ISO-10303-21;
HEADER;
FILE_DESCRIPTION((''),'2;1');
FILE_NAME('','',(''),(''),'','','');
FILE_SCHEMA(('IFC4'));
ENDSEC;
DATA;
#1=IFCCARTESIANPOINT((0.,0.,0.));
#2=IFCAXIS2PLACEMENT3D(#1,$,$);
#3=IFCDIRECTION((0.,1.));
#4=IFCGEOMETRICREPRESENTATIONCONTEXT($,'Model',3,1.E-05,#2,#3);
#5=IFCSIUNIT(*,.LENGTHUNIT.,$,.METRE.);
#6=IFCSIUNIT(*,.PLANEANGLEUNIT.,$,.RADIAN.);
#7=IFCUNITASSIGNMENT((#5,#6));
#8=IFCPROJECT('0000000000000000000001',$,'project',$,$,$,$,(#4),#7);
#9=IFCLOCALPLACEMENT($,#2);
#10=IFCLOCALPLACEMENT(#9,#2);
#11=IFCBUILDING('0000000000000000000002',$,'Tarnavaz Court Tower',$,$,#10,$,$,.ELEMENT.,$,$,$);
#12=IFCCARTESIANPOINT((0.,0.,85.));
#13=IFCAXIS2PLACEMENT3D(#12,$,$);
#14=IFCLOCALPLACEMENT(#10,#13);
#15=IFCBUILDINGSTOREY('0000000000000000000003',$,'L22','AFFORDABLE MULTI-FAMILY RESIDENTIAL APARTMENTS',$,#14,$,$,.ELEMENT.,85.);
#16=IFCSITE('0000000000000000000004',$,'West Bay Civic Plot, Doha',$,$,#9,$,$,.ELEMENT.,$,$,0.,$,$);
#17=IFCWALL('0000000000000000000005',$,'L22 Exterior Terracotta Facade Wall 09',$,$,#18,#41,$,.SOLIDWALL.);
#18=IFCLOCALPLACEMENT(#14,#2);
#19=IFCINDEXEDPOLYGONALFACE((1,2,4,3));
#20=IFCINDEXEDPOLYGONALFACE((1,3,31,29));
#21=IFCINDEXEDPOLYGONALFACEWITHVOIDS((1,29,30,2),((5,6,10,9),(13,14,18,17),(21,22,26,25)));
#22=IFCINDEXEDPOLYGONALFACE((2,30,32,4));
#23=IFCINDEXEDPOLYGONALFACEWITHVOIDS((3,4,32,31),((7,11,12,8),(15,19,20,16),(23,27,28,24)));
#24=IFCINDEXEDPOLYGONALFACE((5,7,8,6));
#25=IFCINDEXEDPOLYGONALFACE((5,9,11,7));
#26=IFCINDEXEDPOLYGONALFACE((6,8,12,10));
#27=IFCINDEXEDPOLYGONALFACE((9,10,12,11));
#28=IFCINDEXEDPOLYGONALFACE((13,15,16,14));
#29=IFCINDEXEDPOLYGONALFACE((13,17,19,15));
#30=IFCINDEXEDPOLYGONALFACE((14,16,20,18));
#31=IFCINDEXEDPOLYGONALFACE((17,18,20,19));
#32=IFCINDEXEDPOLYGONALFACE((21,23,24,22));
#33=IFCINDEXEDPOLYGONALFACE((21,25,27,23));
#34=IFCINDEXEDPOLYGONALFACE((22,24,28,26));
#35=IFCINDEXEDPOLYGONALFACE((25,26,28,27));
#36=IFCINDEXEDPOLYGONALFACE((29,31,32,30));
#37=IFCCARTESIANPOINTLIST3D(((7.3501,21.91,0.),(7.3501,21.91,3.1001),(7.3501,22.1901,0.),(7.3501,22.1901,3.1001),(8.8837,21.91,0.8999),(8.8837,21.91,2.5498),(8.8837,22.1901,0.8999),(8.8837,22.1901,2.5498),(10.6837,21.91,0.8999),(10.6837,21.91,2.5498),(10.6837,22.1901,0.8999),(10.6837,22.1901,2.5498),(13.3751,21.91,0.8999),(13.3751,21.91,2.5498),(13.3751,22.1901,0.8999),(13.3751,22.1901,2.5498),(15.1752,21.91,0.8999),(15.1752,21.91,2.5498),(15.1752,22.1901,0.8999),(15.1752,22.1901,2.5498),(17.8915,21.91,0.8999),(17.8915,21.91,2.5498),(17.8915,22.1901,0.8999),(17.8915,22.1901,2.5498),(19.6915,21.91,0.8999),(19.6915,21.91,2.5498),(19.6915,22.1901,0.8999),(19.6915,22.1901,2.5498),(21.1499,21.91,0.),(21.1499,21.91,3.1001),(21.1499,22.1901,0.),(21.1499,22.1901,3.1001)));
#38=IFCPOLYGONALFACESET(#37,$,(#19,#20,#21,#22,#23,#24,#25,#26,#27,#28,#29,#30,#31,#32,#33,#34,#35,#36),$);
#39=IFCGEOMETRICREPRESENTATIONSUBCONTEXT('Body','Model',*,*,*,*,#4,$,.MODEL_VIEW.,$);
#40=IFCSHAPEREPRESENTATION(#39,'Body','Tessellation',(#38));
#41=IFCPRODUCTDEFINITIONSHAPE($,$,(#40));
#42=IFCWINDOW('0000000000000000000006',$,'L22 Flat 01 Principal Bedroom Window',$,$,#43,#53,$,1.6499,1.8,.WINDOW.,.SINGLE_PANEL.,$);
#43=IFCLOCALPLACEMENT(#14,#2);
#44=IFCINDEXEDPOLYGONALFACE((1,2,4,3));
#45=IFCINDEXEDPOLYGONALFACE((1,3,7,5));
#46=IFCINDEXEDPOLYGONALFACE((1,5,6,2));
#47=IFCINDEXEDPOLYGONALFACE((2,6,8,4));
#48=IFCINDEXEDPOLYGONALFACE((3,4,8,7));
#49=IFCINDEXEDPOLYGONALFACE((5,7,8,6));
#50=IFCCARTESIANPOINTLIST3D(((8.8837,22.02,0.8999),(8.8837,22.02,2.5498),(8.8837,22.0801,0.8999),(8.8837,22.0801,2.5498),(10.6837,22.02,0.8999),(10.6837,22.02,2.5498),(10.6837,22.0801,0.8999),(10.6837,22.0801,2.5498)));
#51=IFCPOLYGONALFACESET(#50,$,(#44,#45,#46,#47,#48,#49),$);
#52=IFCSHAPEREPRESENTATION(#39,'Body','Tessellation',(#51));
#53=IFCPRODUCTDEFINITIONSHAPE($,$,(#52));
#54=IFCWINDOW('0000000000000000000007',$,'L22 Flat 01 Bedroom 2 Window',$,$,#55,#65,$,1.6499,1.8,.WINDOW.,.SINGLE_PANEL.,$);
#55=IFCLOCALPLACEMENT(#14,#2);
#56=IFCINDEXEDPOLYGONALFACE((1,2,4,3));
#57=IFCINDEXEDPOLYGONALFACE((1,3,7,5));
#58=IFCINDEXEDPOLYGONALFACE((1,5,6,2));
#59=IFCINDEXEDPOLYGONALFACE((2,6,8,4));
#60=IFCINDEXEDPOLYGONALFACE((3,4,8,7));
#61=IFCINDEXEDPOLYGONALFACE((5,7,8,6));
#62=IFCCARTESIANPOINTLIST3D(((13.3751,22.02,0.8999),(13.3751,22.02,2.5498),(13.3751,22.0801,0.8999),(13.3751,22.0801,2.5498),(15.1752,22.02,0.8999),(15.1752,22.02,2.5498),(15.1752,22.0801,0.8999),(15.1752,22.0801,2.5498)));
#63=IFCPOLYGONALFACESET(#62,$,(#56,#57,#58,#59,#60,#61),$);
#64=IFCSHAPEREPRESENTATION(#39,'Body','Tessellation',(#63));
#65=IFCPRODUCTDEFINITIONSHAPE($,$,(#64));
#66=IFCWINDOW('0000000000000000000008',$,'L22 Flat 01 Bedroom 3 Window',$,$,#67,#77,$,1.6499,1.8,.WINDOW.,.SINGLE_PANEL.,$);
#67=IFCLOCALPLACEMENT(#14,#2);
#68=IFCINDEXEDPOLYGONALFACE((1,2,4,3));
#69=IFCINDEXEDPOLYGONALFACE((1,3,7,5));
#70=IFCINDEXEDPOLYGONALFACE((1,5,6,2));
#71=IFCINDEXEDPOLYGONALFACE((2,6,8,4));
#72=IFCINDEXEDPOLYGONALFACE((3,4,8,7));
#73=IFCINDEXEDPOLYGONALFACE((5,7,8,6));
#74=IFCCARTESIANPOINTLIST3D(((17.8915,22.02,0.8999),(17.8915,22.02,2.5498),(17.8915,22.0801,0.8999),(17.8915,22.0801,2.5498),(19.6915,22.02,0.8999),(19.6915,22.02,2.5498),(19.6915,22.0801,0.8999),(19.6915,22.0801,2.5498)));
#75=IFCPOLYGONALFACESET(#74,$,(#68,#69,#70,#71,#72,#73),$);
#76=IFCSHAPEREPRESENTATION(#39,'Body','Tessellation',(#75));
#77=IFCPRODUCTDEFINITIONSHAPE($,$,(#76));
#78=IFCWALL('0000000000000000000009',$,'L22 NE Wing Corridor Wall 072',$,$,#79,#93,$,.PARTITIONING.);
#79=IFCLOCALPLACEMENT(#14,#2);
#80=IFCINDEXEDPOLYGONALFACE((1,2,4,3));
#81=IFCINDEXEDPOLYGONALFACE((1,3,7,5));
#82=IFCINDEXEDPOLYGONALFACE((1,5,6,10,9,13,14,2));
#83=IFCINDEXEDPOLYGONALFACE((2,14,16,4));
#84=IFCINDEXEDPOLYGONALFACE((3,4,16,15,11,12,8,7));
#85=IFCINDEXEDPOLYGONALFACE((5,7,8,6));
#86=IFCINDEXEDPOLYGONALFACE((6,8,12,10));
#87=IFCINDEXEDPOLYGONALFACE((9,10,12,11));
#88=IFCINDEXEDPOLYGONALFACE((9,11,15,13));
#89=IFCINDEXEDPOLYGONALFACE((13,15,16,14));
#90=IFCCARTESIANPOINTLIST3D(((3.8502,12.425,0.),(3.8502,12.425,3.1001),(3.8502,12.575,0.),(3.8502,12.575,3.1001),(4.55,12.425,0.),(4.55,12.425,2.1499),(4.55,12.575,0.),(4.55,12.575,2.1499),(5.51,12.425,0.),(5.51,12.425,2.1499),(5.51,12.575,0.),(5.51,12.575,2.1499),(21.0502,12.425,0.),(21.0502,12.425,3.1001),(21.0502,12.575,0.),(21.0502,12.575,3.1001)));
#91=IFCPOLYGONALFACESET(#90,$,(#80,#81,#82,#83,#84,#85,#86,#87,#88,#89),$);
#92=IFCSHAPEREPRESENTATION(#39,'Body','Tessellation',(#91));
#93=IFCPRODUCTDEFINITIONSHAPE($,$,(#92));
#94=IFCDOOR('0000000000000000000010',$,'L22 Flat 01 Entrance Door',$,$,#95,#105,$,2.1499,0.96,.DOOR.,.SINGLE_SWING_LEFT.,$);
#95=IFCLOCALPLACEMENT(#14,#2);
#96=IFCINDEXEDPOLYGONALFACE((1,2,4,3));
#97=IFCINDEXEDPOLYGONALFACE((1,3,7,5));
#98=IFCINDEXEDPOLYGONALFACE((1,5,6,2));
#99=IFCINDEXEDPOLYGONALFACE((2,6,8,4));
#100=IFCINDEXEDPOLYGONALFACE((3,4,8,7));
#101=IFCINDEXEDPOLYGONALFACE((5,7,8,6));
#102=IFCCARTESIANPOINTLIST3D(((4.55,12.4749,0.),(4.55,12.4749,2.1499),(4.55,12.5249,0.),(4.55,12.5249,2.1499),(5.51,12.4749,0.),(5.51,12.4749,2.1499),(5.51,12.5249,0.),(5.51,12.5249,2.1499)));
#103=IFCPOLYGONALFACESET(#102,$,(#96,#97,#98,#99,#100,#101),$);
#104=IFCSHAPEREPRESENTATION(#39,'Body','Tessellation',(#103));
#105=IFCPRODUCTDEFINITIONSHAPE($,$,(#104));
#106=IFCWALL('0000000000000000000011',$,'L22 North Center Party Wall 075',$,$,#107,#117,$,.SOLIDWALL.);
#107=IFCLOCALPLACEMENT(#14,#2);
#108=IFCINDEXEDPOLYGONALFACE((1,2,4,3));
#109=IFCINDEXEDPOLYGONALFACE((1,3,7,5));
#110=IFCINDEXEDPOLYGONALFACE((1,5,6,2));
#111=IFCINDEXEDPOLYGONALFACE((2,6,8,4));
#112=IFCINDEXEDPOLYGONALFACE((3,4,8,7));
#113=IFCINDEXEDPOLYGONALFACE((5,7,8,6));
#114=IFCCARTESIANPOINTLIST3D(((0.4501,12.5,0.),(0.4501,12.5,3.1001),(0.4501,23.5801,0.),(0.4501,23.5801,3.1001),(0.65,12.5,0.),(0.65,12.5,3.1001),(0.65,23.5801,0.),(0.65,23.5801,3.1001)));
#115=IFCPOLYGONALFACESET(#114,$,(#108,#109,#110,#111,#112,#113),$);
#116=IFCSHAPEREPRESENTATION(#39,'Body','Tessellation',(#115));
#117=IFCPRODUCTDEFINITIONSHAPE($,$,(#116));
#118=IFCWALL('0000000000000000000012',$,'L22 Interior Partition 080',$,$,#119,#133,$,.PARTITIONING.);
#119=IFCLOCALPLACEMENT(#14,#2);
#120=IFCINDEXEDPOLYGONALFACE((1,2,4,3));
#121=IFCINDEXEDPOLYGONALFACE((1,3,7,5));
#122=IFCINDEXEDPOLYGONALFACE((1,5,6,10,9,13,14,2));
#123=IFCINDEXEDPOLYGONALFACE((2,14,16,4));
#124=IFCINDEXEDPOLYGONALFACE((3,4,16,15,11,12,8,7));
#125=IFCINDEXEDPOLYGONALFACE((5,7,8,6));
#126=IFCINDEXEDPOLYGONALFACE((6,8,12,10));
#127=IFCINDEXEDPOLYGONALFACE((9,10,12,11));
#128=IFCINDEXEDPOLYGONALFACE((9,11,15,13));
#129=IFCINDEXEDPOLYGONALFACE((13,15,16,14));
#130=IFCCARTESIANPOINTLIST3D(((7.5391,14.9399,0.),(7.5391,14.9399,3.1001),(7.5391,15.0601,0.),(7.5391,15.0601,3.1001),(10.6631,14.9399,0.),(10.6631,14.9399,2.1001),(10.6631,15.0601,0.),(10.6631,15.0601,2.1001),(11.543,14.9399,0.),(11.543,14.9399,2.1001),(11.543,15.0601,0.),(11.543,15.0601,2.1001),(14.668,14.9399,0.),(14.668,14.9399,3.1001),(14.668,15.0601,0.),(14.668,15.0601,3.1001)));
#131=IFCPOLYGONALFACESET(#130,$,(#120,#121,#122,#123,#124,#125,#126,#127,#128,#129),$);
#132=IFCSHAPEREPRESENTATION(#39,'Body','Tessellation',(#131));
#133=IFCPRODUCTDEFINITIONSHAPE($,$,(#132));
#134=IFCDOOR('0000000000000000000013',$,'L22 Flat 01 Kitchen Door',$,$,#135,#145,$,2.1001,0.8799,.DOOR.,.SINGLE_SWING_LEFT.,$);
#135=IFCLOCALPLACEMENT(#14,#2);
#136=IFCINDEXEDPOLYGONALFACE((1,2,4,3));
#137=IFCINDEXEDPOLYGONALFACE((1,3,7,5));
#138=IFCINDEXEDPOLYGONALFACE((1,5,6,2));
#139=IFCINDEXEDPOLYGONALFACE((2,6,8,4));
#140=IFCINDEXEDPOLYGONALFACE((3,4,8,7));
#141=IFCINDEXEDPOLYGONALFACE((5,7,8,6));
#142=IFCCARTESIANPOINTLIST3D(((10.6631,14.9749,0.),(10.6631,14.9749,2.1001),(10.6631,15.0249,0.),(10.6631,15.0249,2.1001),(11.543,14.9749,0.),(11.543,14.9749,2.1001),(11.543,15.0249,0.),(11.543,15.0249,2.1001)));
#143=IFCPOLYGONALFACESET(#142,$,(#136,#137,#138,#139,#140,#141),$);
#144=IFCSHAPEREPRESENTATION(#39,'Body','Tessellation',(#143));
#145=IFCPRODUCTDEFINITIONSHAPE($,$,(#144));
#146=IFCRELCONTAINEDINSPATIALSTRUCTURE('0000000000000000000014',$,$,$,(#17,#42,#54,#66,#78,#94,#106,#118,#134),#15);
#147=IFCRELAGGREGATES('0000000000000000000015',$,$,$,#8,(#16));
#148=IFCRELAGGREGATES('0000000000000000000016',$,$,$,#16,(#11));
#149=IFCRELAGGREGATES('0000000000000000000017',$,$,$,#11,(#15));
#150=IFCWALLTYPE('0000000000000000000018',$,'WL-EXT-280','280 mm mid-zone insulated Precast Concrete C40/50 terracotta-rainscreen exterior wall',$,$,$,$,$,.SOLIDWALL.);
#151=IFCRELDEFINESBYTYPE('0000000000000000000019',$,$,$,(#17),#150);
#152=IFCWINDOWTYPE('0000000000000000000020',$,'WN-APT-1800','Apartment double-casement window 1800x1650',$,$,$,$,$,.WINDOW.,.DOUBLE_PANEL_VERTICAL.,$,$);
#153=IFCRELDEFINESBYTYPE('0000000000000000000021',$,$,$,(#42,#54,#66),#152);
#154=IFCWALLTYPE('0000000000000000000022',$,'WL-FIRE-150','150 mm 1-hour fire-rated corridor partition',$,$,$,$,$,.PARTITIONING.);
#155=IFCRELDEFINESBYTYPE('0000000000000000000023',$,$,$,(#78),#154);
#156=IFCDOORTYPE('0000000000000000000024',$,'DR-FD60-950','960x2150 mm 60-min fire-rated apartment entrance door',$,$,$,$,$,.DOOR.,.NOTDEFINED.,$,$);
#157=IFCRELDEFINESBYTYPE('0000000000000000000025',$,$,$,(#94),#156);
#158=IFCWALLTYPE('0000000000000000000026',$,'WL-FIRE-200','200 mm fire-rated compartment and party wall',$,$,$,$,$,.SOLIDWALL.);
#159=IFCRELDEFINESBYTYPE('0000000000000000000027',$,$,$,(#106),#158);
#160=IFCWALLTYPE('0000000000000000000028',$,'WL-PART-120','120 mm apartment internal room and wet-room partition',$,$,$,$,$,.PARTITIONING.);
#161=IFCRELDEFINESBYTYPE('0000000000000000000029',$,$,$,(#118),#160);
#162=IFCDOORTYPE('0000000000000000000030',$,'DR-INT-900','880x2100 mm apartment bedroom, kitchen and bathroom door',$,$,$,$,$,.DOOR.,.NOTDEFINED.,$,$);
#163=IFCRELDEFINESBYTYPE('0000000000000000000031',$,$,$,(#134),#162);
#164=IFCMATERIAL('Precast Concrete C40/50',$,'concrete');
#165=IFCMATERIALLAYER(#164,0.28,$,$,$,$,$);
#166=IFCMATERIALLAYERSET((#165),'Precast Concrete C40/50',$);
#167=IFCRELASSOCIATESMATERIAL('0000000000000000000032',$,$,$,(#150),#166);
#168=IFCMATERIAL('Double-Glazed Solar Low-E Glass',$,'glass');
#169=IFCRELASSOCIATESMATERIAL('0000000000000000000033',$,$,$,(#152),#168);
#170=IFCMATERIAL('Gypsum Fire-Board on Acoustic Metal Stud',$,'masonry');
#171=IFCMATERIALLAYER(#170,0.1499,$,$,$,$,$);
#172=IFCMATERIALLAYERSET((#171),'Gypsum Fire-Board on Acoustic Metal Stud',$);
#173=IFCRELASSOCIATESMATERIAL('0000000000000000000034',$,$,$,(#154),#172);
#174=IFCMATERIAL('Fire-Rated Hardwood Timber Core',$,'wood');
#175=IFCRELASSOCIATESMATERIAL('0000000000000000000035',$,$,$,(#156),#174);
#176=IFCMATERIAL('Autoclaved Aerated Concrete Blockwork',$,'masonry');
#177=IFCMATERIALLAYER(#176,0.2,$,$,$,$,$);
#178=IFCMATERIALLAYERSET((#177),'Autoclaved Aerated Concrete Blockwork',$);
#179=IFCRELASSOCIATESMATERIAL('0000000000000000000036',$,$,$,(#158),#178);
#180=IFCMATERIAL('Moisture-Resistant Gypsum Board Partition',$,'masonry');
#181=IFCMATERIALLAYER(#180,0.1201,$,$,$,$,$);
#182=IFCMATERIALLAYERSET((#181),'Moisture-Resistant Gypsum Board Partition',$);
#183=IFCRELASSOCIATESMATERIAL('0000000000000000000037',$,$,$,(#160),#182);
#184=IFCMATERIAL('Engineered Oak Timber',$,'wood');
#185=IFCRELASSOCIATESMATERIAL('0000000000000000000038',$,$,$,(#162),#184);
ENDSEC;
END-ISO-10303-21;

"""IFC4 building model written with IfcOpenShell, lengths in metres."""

from ifc_helpers import new_model, si_unit, direction, frame, frame_2d, origin, place, context, subcontext, project, spatial, rectangle, extrude, material, layer, layer_set, type_object, element, fill, save


model = new_model("IFC4")

# Units and contexts
model_context = context("Model", 3, precision=1e-05, world=origin(), true_north=direction((0.0, 1.0)))
body_context = subcontext(model_context, "Body", "Model", "MODEL_VIEW")
ifc_project = project(units=[si_unit("LENGTHUNIT", "METRE"), si_unit("PLANEANGLEUNIT", "RADIAN")], contexts=[model_context])

# Site, building, storey
site_placement = place(None, origin())
site = spatial("IfcSite", under=ifc_project, at=site_placement, Name="West Bay Civic Plot, Doha", CompositionType="ELEMENT", RefElevation=0.0)
building_placement = place(site_placement, origin())
building = spatial("IfcBuilding", under=site, at=building_placement, Name="Tarnavaz Court Tower", CompositionType="ELEMENT")
storey_placement = place(building_placement, frame((0.0, 0.0, 85.0)))
storey = spatial("IfcBuildingStorey", under=building, at=storey_placement, Name="L22", Description="AFFORDABLE MULTI-FAMILY RESIDENTIAL APARTMENTS", CompositionType="ELEMENT", Elevation=85.0)

# Shared definitions
ifc_material_1 = material(Name="Double-Glazed Solar Low-E Glass", Category="glass")

# Shared definitions
ifc_material_2 = material(Name="Precast Concrete C40/50", Category="concrete")
ifc_layer_1 = layer(ifc_material_2, 0.28)
ifc_layer_set_1 = layer_set([ifc_layer_1], Name="Precast Concrete C40/50")
wall_type_1 = type_object("IfcWallType", Name="WL-EXT-280", Description="280 mm mid-zone insulated Precast Concrete C40/50 terracotta-rainscreen exterior wall", PredefinedType="SOLIDWALL", material=ifc_layer_set_1)

# Wall, openings, windows
wall_1_placement = place(storey_placement, frame((7.3501, 22.05, 0.0), z_axis=(0.0, 0.0, 1.0), x_axis=(1.0, 0.0, 0.0)))
wall_1 = element("IfcWall", 1, at=wall_1_placement, inside=storey, type_object=wall_type_1, Name="L22 Exterior Terracotta Facade Wall 09", PredefinedType="SOLIDWALL", context=body_context, shape_type="SweptSolid", body=[
    extrude(rectangle(XDim=13.7998, YDim=0.28, at=frame_2d((6.8999, 0.0))), origin(), (0.0, 0.0, 1.0), 3.1001),
])
opening_1_placement = place(wall_1_placement, frame((1.5337, 0.0, 0.8999)))
opening_1 = element("IfcOpeningElement", 2, at=opening_1_placement, cuts=wall_1, PredefinedType="OPENING", context=body_context, shape_type="SweptSolid", body=[
    extrude(rectangle(XDim=1.8, YDim=1.6499, at=frame_2d((0.8999, 0.825))), frame((0.0, 0.1499, 0.0), z_axis=(0.0, -1.0, 0.0), x_axis=(1.0, 0.0, 0.0)), (0.0, 0.0, 1.0), 0.3),
])
opening_2_placement = place(wall_1_placement, frame((6.0251, 0.0, 0.8999)))
opening_2 = element("IfcOpeningElement", 3, at=opening_2_placement, cuts=wall_1, PredefinedType="OPENING", context=body_context, shape_type="SweptSolid", body=[
    extrude(rectangle(XDim=1.8, YDim=1.6499, at=frame_2d((0.8999, 0.825))), frame((0.0, 0.1499, 0.0), z_axis=(0.0, -1.0, 0.0), x_axis=(1.0, 0.0, 0.0)), (0.0, 0.0, 1.0), 0.3),
])
opening_3_placement = place(wall_1_placement, frame((10.5415, 0.0, 0.8999)))
opening_3 = element("IfcOpeningElement", 4, at=opening_3_placement, cuts=wall_1, PredefinedType="OPENING", context=body_context, shape_type="SweptSolid", body=[
    extrude(rectangle(XDim=1.8, YDim=1.6499, at=frame_2d((0.8999, 0.825))), frame((0.0, 0.1499, 0.0), z_axis=(0.0, -1.0, 0.0), x_axis=(1.0, 0.0, 0.0)), (0.0, 0.0, 1.0), 0.3),
])
window_type_1 = type_object("IfcWindowType", Name="WN-APT-1800", Description="Apartment double-casement window 1800x1650", PartitioningType="DOUBLE_PANEL_VERTICAL", PredefinedType="WINDOW", material=ifc_material_1)
window_1_placement = place(opening_1_placement, origin())
window_1 = element("IfcWindow", 5, at=window_1_placement, inside=storey, type_object=window_type_1, Name="L22 Flat 01 Principal Bedroom Window", OverallHeight=1.6499, OverallWidth=1.8, PartitioningType="SINGLE_PANEL", PredefinedType="WINDOW", context=body_context, shape_type="SweptSolid", body=[
    extrude(rectangle(XDim=1.8, YDim=1.6499, at=frame_2d((0.8999, 0.825))), frame((0.0, 0.03, 0.0), z_axis=(0.0, -1.0, 0.0), x_axis=(1.0, 0.0, 0.0)), (0.0, 0.0, 1.0), 0.0601),
])
fill(opening_1, window_1)
window_2_placement = place(opening_2_placement, origin())
window_2 = element("IfcWindow", 6, at=window_2_placement, inside=storey, type_object=window_type_1, Name="L22 Flat 01 Bedroom 2 Window", OverallHeight=1.6499, OverallWidth=1.8, PartitioningType="SINGLE_PANEL", PredefinedType="WINDOW", context=body_context, shape_type="SweptSolid", body=[
    extrude(rectangle(XDim=1.8, YDim=1.6499, at=frame_2d((0.8999, 0.825))), frame((0.0, 0.03, 0.0), z_axis=(0.0, -1.0, 0.0), x_axis=(1.0, 0.0, 0.0)), (0.0, 0.0, 1.0), 0.0601),
])
fill(opening_2, window_2)
window_3_placement = place(opening_3_placement, origin())
window_3 = element("IfcWindow", 7, at=window_3_placement, inside=storey, type_object=window_type_1, Name="L22 Flat 01 Bedroom 3 Window", OverallHeight=1.6499, OverallWidth=1.8, PartitioningType="SINGLE_PANEL", PredefinedType="WINDOW", context=body_context, shape_type="SweptSolid", body=[
    extrude(rectangle(XDim=1.8, YDim=1.6499, at=frame_2d((0.8999, 0.825))), frame((0.0, 0.03, 0.0), z_axis=(0.0, -1.0, 0.0), x_axis=(1.0, 0.0, 0.0)), (0.0, 0.0, 1.0), 0.0601),
])
fill(opening_3, window_3)

# Wall, opening, door
ifc_material_3 = material(Name="Gypsum Fire-Board on Acoustic Metal Stud", Category="masonry")
ifc_layer_2 = layer(ifc_material_3, 0.1499)
ifc_layer_set_2 = layer_set([ifc_layer_2], Name="Gypsum Fire-Board on Acoustic Metal Stud")
wall_type_2 = type_object("IfcWallType", Name="WL-FIRE-150", Description="150 mm 1-hour fire-rated corridor partition", PredefinedType="PARTITIONING", material=ifc_layer_set_2)
wall_2_placement = place(storey_placement, frame((3.8501, 12.5, 0.0), z_axis=(0.0, 0.0, 1.0), x_axis=(1.0, 0.0, 0.0)))
wall_2 = element("IfcWall", 8, at=wall_2_placement, inside=storey, type_object=wall_type_2, Name="L22 NE Wing Corridor Wall 072", PredefinedType="PARTITIONING", context=body_context, shape_type="SweptSolid", body=[
    extrude(rectangle(XDim=17.2, YDim=0.1499, at=frame_2d((8.6001, 0.0))), origin(), (0.0, 0.0, 1.0), 3.1001),
])
opening_4_placement = place(wall_2_placement, frame((0.7, 0.0, 0.0)))
opening_4 = element("IfcOpeningElement", 9, at=opening_4_placement, cuts=wall_2, PredefinedType="OPENING", context=body_context, shape_type="SweptSolid", body=[
    extrude(rectangle(XDim=0.96, YDim=2.1499, at=frame_2d((0.48, 1.075))), frame((0.0, 0.085, 0.0), z_axis=(0.0, -1.0, 0.0), x_axis=(1.0, 0.0, 0.0)), (0.0, 0.0, 1.0), 0.1699),
])
ifc_material_4 = material(Name="Fire-Rated Hardwood Timber Core", Category="wood")
door_type_1 = type_object("IfcDoorType", Name="DR-FD60-950", Description="960x2150 mm 60-min fire-rated apartment entrance door", OperationType="NOTDEFINED", PredefinedType="DOOR", material=ifc_material_4)
door_1_placement = place(opening_4_placement, origin())
door_1 = element("IfcDoor", 10, at=door_1_placement, inside=storey, type_object=door_type_1, Name="L22 Flat 01 Entrance Door", OperationType="SINGLE_SWING_LEFT", OverallHeight=2.1499, OverallWidth=0.96, PredefinedType="DOOR", context=body_context, shape_type="SweptSolid", body=[
    extrude(rectangle(XDim=0.96, YDim=2.1499, at=frame_2d((0.48, 1.075))), frame((0.0, 0.0249, 0.0), z_axis=(0.0, -1.0, 0.0), x_axis=(1.0, 0.0, 0.0)), (0.0, 0.0, 1.0), 0.05),
])
fill(opening_4, door_1)

# Wall
ifc_material_5 = material(Name="Autoclaved Aerated Concrete Blockwork", Category="masonry")
ifc_layer_3 = layer(ifc_material_5, 0.2)
ifc_layer_set_3 = layer_set([ifc_layer_3], Name="Autoclaved Aerated Concrete Blockwork")
wall_type_3 = type_object("IfcWallType", Name="WL-FIRE-200", Description="200 mm fire-rated compartment and party wall", PredefinedType="SOLIDWALL", material=ifc_layer_set_3)
wall_3_placement = place(storey_placement, frame((0.55, 12.5, 0.0), z_axis=(0.0, 0.0, 1.0), x_axis=(0.0, 1.0, 0.0)))
element("IfcWall", 11, at=wall_3_placement, inside=storey, type_object=wall_type_3, Name="L22 North Center Party Wall 075", PredefinedType="SOLIDWALL", context=body_context, shape_type="SweptSolid", body=[
    extrude(rectangle(XDim=11.0801, YDim=0.2, at=frame_2d((5.54, 0.0))), origin(), (0.0, 0.0, 1.0), 3.1001),
])

# Wall, opening, door
ifc_material_6 = material(Name="Moisture-Resistant Gypsum Board Partition", Category="masonry")
ifc_layer_4 = layer(ifc_material_6, 0.1201)
ifc_layer_set_4 = layer_set([ifc_layer_4], Name="Moisture-Resistant Gypsum Board Partition")
wall_type_4 = type_object("IfcWallType", Name="WL-PART-120", Description="120 mm apartment internal room and wet-room partition", PredefinedType="PARTITIONING", material=ifc_layer_set_4)
wall_4_placement = place(storey_placement, frame((7.5391, 15.0, 0.0), z_axis=(0.0, 0.0, 1.0), x_axis=(1.0, 0.0, 0.0)))
wall_4 = element("IfcWall", 12, at=wall_4_placement, inside=storey, type_object=wall_type_4, Name="L22 Interior Partition 080", PredefinedType="PARTITIONING", context=body_context, shape_type="SweptSolid", body=[
    extrude(rectangle(XDim=7.1289, YDim=0.1201, at=frame_2d((3.5645, 0.0))), origin(), (0.0, 0.0, 1.0), 3.1001),
])
opening_5_placement = place(wall_4_placement, frame((3.124, 0.0, 0.0)))
opening_5 = element("IfcOpeningElement", 13, at=opening_5_placement, cuts=wall_4, PredefinedType="OPENING", context=body_context, shape_type="SweptSolid", body=[
    extrude(rectangle(XDim=0.8799, YDim=2.1001, at=frame_2d((0.4399, 1.05))), frame((0.0, 0.0701, 0.0), z_axis=(0.0, -1.0, 0.0), x_axis=(1.0, 0.0, 0.0)), (0.0, 0.0, 1.0), 0.1401),
])
ifc_material_7 = material(Name="Engineered Oak Timber", Category="wood")
door_type_2 = type_object("IfcDoorType", Name="DR-INT-900", Description="880x2100 mm apartment bedroom, kitchen and bathroom door", OperationType="NOTDEFINED", PredefinedType="DOOR", material=ifc_material_7)
door_2_placement = place(opening_5_placement, origin())
door_2 = element("IfcDoor", 14, at=door_2_placement, inside=storey, type_object=door_type_2, Name="L22 Flat 01 Kitchen Door", OperationType="SINGLE_SWING_LEFT", OverallHeight=2.1001, OverallWidth=0.8799, PredefinedType="DOOR", context=body_context, shape_type="SweptSolid", body=[
    extrude(rectangle(XDim=0.8799, YDim=2.1001, at=frame_2d((0.4399, 1.05))), frame((0.0, 0.0249, 0.0), z_axis=(0.0, -1.0, 0.0), x_axis=(1.0, 0.0, 0.0)), (0.0, 0.0, 1.0), 0.05),
])
fill(opening_5, door_2)

save(model, "model.ifc")
